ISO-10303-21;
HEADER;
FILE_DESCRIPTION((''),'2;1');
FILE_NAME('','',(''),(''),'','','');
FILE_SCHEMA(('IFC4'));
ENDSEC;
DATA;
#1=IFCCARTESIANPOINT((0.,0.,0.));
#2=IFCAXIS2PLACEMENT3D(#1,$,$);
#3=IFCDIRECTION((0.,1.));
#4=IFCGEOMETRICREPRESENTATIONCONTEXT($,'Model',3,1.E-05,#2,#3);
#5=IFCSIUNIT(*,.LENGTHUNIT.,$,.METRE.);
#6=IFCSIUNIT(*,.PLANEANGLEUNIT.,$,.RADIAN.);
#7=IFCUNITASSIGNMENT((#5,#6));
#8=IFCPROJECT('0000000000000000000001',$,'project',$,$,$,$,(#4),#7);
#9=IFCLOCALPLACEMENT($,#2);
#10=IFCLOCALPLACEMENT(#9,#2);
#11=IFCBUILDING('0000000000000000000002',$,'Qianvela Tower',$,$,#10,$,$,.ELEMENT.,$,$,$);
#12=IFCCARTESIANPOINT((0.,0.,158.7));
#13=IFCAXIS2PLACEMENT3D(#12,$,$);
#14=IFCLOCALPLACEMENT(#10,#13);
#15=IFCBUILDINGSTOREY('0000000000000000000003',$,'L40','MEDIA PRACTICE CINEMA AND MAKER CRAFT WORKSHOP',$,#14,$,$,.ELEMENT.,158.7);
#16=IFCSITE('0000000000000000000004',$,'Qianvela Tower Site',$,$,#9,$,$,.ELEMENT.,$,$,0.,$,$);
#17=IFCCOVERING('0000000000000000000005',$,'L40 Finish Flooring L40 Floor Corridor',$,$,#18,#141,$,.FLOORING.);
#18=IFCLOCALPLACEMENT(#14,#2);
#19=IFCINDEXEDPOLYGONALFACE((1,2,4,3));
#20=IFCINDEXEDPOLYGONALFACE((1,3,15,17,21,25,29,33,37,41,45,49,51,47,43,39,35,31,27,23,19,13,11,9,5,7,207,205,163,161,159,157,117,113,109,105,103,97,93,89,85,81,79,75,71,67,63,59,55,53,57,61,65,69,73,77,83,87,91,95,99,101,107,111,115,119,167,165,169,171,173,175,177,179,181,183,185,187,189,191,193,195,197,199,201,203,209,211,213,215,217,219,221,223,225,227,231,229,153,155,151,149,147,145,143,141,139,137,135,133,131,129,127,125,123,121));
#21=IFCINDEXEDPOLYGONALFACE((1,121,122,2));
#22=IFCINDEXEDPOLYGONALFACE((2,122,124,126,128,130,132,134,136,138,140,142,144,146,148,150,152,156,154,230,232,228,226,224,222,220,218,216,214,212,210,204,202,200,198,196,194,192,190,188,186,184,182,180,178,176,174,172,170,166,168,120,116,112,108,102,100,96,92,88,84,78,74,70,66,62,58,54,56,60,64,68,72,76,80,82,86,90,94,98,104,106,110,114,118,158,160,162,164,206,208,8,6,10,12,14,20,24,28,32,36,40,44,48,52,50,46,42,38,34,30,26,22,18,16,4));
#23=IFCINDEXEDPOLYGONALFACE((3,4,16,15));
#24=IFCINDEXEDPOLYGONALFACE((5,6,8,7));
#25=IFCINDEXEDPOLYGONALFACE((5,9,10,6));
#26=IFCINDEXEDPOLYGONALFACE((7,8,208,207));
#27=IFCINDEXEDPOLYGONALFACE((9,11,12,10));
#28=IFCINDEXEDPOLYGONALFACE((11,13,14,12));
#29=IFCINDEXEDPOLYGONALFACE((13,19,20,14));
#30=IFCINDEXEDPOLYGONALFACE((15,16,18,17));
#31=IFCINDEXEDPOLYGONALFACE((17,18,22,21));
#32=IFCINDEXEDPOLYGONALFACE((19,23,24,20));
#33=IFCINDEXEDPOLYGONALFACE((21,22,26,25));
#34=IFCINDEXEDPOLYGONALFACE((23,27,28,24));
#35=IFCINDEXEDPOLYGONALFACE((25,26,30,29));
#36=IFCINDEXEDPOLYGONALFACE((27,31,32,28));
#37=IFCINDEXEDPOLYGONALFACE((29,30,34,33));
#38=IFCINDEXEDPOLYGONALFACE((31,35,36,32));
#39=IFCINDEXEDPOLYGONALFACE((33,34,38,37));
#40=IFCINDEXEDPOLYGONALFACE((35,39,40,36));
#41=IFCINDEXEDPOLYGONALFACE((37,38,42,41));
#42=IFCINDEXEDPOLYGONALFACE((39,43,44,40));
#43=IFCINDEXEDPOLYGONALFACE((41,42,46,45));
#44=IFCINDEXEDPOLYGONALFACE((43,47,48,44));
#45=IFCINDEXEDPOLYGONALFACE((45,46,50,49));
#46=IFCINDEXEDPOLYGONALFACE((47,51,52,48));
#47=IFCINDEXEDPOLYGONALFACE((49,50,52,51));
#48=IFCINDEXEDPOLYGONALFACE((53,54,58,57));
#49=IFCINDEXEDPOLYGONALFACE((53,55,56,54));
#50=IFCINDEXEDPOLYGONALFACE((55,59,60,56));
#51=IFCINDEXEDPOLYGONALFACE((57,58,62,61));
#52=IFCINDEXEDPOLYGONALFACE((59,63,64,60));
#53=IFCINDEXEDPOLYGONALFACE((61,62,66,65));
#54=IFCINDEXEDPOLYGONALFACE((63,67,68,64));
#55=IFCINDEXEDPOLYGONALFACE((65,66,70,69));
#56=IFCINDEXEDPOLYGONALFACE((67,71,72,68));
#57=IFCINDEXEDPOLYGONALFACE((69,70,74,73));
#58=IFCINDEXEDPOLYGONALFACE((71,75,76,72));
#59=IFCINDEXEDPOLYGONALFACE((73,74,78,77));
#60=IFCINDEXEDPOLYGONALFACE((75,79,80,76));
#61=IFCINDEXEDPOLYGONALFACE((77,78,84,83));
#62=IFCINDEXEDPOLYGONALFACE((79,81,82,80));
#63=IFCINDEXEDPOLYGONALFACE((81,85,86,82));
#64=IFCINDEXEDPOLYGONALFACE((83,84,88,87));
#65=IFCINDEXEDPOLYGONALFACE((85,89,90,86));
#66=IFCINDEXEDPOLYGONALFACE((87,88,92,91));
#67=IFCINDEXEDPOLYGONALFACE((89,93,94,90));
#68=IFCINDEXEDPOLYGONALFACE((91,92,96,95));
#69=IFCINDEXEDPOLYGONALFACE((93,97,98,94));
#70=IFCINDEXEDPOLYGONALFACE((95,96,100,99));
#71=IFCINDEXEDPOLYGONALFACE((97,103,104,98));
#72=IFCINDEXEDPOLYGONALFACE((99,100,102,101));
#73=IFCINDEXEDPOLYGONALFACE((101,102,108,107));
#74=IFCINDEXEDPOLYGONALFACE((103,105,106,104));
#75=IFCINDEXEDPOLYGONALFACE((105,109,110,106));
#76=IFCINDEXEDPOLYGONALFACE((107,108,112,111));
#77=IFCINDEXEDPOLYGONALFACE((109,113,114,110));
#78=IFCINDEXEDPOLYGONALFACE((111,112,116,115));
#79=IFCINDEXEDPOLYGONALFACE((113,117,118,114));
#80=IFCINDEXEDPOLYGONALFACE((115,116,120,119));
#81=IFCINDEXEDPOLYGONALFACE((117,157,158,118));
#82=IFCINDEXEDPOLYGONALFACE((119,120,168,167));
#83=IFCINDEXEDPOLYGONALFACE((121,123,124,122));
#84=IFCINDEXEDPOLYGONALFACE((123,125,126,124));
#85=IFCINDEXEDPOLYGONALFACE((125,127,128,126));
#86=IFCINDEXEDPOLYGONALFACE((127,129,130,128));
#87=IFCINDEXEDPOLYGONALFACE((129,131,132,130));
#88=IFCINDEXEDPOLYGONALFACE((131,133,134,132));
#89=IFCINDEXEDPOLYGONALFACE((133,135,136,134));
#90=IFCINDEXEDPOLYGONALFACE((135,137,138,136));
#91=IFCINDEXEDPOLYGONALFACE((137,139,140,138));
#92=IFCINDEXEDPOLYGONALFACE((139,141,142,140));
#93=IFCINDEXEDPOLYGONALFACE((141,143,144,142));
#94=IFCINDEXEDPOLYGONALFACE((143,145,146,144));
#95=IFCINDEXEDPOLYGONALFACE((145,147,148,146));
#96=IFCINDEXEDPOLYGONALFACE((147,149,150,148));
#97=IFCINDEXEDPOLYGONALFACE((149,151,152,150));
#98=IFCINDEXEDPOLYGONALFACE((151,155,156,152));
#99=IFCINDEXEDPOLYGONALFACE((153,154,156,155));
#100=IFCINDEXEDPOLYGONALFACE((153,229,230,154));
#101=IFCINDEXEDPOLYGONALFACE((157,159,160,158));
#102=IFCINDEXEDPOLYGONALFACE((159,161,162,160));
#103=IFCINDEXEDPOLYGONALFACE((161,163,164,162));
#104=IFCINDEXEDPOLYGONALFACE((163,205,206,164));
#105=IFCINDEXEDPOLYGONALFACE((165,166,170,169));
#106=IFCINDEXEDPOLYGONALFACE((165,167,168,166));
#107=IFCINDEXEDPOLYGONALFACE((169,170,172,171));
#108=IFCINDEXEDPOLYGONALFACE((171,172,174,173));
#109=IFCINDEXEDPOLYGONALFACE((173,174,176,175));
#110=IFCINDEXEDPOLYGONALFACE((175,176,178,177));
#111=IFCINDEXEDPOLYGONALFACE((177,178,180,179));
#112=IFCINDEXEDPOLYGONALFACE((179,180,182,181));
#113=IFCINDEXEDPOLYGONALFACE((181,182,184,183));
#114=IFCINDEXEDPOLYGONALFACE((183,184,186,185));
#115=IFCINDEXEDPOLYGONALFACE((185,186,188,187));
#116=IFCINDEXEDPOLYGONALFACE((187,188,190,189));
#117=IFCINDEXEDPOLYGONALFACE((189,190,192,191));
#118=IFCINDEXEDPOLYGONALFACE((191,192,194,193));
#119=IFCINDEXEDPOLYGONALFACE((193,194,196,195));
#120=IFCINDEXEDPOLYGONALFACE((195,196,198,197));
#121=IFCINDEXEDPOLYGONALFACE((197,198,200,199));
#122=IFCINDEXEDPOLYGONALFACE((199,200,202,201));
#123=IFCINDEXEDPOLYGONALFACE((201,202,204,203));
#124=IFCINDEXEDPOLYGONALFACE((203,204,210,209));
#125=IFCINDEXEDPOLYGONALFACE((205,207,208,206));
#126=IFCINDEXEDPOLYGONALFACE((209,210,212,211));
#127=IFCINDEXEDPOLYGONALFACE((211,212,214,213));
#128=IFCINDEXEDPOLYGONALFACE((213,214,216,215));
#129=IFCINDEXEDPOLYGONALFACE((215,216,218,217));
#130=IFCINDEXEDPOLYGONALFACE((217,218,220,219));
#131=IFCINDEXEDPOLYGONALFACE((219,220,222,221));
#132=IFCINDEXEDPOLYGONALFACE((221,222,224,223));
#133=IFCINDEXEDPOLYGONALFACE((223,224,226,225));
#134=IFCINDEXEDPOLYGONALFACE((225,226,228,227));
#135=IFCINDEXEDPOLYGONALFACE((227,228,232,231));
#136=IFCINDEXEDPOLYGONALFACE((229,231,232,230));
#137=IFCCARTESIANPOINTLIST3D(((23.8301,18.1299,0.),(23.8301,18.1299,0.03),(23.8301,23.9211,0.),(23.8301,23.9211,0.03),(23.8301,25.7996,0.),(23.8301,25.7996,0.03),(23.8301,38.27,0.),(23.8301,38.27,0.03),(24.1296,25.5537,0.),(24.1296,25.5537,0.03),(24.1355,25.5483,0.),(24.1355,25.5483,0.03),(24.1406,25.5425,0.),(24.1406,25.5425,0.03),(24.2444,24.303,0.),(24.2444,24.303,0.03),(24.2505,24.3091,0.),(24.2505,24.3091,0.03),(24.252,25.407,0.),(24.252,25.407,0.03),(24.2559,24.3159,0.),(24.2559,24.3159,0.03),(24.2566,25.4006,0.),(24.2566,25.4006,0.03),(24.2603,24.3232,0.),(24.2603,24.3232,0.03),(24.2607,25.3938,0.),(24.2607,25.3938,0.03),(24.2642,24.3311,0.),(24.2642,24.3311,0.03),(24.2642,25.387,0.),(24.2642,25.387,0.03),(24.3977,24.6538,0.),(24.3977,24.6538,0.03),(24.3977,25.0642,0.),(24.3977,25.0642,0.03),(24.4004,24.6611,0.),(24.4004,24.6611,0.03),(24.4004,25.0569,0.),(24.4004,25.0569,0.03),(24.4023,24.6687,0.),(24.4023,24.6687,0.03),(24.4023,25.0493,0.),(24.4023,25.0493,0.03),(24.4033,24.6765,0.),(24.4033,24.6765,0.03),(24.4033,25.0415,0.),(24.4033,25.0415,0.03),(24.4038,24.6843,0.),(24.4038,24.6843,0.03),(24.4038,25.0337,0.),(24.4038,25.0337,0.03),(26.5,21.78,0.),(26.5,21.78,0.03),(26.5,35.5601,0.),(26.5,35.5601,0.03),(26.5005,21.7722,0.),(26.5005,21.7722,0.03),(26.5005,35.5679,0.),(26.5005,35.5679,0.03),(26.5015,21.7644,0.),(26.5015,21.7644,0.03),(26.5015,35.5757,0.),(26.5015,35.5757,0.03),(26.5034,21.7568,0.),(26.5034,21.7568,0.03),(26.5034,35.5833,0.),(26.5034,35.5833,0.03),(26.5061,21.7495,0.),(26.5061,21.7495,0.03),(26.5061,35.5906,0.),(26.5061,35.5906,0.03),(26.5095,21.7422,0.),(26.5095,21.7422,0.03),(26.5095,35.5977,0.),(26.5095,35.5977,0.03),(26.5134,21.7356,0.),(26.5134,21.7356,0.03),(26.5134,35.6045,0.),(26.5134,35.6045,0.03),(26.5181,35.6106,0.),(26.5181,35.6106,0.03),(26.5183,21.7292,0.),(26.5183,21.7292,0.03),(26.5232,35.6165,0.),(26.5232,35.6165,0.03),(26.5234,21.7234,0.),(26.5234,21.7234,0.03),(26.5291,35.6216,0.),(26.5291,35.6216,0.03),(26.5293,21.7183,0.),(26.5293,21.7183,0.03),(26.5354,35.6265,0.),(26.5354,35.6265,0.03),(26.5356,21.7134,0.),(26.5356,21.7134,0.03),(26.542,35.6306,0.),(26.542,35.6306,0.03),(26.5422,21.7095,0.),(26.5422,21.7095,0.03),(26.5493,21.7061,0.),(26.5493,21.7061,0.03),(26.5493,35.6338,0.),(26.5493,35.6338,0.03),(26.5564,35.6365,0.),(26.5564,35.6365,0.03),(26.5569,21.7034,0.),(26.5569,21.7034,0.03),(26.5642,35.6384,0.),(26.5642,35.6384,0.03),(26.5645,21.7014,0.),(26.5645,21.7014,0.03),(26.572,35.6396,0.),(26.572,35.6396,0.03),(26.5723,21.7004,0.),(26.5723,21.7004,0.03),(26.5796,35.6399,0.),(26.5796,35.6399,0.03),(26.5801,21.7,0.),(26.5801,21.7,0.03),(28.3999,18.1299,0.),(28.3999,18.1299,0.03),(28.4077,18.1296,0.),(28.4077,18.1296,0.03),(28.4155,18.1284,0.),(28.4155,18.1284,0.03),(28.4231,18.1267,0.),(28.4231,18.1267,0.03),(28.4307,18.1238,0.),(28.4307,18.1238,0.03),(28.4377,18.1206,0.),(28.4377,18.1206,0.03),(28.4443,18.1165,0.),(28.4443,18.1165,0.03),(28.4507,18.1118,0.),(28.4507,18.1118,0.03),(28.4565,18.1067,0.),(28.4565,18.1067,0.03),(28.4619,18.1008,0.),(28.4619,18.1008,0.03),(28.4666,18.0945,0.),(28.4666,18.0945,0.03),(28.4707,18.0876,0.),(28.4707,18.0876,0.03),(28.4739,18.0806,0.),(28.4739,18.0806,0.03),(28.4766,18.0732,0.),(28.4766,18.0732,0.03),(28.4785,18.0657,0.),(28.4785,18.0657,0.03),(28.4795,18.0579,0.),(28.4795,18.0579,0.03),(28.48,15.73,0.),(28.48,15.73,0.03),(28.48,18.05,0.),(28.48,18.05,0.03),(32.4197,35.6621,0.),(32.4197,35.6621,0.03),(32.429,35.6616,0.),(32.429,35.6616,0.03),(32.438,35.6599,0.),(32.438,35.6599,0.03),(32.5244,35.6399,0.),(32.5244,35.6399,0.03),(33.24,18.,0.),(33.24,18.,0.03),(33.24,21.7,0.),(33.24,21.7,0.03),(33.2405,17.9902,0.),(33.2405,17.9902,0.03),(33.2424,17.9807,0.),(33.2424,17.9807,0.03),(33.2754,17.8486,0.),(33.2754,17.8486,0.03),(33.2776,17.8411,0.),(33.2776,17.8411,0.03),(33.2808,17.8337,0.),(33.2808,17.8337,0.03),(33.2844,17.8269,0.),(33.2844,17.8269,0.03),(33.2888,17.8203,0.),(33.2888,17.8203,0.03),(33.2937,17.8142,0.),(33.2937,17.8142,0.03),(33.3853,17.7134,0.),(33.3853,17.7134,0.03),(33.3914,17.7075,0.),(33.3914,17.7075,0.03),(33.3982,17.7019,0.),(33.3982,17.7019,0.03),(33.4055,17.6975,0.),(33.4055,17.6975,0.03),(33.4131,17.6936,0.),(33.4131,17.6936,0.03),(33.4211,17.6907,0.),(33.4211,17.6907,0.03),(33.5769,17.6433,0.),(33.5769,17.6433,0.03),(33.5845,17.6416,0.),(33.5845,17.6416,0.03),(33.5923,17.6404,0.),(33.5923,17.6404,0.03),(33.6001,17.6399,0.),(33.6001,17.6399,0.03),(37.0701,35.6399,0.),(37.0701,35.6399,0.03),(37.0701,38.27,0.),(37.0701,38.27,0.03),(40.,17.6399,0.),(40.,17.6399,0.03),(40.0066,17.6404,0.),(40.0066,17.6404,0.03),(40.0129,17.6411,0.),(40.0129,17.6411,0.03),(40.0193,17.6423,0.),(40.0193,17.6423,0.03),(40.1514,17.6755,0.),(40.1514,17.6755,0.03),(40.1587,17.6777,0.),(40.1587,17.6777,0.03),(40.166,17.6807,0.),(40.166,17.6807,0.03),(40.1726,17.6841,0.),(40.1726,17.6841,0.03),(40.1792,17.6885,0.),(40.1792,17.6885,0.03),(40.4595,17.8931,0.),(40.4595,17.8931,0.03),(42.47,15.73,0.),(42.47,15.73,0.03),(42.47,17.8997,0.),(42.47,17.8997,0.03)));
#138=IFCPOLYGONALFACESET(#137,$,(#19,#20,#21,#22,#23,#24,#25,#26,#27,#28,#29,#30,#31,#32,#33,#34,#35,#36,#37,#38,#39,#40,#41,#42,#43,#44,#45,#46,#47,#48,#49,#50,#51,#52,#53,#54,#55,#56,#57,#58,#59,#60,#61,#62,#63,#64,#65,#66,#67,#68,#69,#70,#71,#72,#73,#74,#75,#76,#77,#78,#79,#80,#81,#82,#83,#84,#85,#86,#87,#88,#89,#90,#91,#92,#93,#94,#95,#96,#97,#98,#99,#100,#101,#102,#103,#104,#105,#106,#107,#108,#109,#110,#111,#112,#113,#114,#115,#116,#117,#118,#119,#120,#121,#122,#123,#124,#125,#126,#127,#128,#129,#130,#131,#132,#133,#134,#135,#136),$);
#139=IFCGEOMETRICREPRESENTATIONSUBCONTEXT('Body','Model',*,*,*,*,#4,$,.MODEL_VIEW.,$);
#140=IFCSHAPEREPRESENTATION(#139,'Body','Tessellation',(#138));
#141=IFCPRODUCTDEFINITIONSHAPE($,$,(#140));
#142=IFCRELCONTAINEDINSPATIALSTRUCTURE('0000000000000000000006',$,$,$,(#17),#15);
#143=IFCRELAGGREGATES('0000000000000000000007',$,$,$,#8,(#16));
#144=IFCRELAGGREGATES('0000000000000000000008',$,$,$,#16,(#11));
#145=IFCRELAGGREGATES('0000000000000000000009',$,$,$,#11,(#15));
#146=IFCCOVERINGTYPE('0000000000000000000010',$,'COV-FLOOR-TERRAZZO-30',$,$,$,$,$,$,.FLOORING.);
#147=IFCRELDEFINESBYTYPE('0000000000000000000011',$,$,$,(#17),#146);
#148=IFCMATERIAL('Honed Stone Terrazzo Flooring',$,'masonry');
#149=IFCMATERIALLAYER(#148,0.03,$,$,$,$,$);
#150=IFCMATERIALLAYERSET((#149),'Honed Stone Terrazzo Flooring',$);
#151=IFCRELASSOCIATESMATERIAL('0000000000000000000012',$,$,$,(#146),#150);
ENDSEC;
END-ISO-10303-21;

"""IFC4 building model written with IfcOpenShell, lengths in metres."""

from ifc_helpers import new_model, si_unit, direction, frame, origin, place, context, subcontext, project, spatial, polyline, outline, extrude, material, layer, layer_set, type_object, element, save


model = new_model("IFC4")

# Units and contexts
model_context = context("Model", 3, precision=1e-05, world=origin(), true_north=direction((0.0, 1.0)))
body_context = subcontext(model_context, "Body", "Model", "MODEL_VIEW")
ifc_project = project(units=[si_unit("LENGTHUNIT", "METRE"), si_unit("PLANEANGLEUNIT", "RADIAN")], contexts=[model_context])

# Site, building, storey
site_placement = place(None, origin())
site = spatial("IfcSite", under=ifc_project, at=site_placement, Name="Qianvela Tower Site", CompositionType="ELEMENT", RefElevation=0.0)
building_placement = place(site_placement, origin())
building = spatial("IfcBuilding", under=site, at=building_placement, Name="Qianvela Tower", CompositionType="ELEMENT")
storey_placement = place(building_placement, frame((0.0, 0.0, 158.7)))
storey = spatial("IfcBuildingStorey", under=building, at=storey_placement, Name="L40", Description="MEDIA PRACTICE CINEMA AND MAKER CRAFT WORKSHOP", CompositionType="ELEMENT", Elevation=158.7)

# Covering
ifc_material_1 = material(Name="Honed Stone Terrazzo Flooring", Category="masonry")
ifc_layer_1 = layer(ifc_material_1, 0.03)
ifc_layer_set_1 = layer_set([ifc_layer_1], Name="Honed Stone Terrazzo Flooring")
covering_type_1 = type_object("IfcCoveringType", Name="COV-FLOOR-TERRAZZO-30", PredefinedType="FLOORING", material=ifc_layer_set_1)
covering_1_placement = place(storey_placement, origin())
element("IfcCovering", 1, at=covering_1_placement, inside=storey, type_object=covering_type_1, Name="L40 Finish Flooring L40 Floor Corridor", PredefinedType="FLOORING", context=body_context, shape_type="SweptSolid", body=[
    extrude(outline(polyline([(24.4038, 25.0337), (24.4033, 25.0415), (24.4023, 25.0493), (24.4004, 25.0569), (24.3977, 25.0642), (24.2642, 25.387), (24.2607, 25.3938), (24.2566, 25.4006), (24.252, 25.407), (24.1406, 25.5425), (24.1355, 25.5483), (24.1296, 25.5537), (23.8301, 25.7996), (23.8301, 38.27), (37.0701, 38.27), (37.0701, 35.6399), (32.5244, 35.6399), (32.438, 35.6599), (32.429, 35.6616), (32.4197, 35.6621), (26.5796, 35.6399), (26.572, 35.6396), (26.5642, 35.6384), (26.5564, 35.6365), (26.5493, 35.6338), (26.542, 35.6306), (26.5354, 35.6265), (26.5291, 35.6216), (26.5232, 35.6165), (26.5181, 35.6106), (26.5134, 35.6045), (26.5095, 35.5977), (26.5061, 35.5906), (26.5034, 35.5833), (26.5015, 35.5757), (26.5005, 35.5679), (26.5, 35.5601), (26.5, 21.78), (26.5005, 21.7722), (26.5015, 21.7644), (26.5034, 21.7568), (26.5061, 21.7495), (26.5095, 21.7422), (26.5134, 21.7356), (26.5183, 21.7292), (26.5234, 21.7234), (26.5293, 21.7183), (26.5356, 21.7134), (26.5422, 21.7095), (26.5493, 21.7061), (26.5569, 21.7034), (26.5645, 21.7014), (26.5723, 21.7004), (26.5801, 21.7), (33.24, 21.7), (33.24, 18.0), (33.2405, 17.9902), (33.2424, 17.9807), (33.2754, 17.8486), (33.2776, 17.8411), (33.2808, 17.8337), (33.2844, 17.8269), (33.2888, 17.8203), (33.2937, 17.8142), (33.3853, 17.7134), (33.3914, 17.7075), (33.3982, 17.7019), (33.4055, 17.6975), (33.4131, 17.6936), (33.4211, 17.6907), (33.5769, 17.6433), (33.5845, 17.6416), (33.5923, 17.6404), (33.6001, 17.6399), (40.0, 17.6399), (40.0066, 17.6404), (40.0129, 17.6411), (40.0193, 17.6423), (40.1514, 17.6755), (40.1587, 17.6777), (40.166, 17.6807), (40.1726, 17.6841), (40.1792, 17.6885), (40.4595, 17.8931), (42.47, 17.8997), (42.47, 15.73), (28.48, 15.73), (28.48, 18.05), (28.4795, 18.0579), (28.4785, 18.0657), (28.4766, 18.0732), (28.4739, 18.0806), (28.4707, 18.0876), (28.4666, 18.0945), (28.4619, 18.1008), (28.4565, 18.1067), (28.4507, 18.1118), (28.4443, 18.1165), (28.4377, 18.1206), (28.4307, 18.1238), (28.4231, 18.1267), (28.4155, 18.1284), (28.4077, 18.1296), (28.3999, 18.1299), (23.8301, 18.1299), (23.8301, 23.9211), (24.2444, 24.303), (24.2505, 24.3091), (24.2559, 24.3159), (24.2603, 24.3232), (24.2642, 24.3311), (24.3977, 24.6538), (24.4004, 24.6611), (24.4023, 24.6687), (24.4033, 24.6765), (24.4038, 24.6843), (24.4038, 25.0337)])), origin(), (0.0, 0.0, 1.0), 0.03),
])

save(model, "model.ifc")
